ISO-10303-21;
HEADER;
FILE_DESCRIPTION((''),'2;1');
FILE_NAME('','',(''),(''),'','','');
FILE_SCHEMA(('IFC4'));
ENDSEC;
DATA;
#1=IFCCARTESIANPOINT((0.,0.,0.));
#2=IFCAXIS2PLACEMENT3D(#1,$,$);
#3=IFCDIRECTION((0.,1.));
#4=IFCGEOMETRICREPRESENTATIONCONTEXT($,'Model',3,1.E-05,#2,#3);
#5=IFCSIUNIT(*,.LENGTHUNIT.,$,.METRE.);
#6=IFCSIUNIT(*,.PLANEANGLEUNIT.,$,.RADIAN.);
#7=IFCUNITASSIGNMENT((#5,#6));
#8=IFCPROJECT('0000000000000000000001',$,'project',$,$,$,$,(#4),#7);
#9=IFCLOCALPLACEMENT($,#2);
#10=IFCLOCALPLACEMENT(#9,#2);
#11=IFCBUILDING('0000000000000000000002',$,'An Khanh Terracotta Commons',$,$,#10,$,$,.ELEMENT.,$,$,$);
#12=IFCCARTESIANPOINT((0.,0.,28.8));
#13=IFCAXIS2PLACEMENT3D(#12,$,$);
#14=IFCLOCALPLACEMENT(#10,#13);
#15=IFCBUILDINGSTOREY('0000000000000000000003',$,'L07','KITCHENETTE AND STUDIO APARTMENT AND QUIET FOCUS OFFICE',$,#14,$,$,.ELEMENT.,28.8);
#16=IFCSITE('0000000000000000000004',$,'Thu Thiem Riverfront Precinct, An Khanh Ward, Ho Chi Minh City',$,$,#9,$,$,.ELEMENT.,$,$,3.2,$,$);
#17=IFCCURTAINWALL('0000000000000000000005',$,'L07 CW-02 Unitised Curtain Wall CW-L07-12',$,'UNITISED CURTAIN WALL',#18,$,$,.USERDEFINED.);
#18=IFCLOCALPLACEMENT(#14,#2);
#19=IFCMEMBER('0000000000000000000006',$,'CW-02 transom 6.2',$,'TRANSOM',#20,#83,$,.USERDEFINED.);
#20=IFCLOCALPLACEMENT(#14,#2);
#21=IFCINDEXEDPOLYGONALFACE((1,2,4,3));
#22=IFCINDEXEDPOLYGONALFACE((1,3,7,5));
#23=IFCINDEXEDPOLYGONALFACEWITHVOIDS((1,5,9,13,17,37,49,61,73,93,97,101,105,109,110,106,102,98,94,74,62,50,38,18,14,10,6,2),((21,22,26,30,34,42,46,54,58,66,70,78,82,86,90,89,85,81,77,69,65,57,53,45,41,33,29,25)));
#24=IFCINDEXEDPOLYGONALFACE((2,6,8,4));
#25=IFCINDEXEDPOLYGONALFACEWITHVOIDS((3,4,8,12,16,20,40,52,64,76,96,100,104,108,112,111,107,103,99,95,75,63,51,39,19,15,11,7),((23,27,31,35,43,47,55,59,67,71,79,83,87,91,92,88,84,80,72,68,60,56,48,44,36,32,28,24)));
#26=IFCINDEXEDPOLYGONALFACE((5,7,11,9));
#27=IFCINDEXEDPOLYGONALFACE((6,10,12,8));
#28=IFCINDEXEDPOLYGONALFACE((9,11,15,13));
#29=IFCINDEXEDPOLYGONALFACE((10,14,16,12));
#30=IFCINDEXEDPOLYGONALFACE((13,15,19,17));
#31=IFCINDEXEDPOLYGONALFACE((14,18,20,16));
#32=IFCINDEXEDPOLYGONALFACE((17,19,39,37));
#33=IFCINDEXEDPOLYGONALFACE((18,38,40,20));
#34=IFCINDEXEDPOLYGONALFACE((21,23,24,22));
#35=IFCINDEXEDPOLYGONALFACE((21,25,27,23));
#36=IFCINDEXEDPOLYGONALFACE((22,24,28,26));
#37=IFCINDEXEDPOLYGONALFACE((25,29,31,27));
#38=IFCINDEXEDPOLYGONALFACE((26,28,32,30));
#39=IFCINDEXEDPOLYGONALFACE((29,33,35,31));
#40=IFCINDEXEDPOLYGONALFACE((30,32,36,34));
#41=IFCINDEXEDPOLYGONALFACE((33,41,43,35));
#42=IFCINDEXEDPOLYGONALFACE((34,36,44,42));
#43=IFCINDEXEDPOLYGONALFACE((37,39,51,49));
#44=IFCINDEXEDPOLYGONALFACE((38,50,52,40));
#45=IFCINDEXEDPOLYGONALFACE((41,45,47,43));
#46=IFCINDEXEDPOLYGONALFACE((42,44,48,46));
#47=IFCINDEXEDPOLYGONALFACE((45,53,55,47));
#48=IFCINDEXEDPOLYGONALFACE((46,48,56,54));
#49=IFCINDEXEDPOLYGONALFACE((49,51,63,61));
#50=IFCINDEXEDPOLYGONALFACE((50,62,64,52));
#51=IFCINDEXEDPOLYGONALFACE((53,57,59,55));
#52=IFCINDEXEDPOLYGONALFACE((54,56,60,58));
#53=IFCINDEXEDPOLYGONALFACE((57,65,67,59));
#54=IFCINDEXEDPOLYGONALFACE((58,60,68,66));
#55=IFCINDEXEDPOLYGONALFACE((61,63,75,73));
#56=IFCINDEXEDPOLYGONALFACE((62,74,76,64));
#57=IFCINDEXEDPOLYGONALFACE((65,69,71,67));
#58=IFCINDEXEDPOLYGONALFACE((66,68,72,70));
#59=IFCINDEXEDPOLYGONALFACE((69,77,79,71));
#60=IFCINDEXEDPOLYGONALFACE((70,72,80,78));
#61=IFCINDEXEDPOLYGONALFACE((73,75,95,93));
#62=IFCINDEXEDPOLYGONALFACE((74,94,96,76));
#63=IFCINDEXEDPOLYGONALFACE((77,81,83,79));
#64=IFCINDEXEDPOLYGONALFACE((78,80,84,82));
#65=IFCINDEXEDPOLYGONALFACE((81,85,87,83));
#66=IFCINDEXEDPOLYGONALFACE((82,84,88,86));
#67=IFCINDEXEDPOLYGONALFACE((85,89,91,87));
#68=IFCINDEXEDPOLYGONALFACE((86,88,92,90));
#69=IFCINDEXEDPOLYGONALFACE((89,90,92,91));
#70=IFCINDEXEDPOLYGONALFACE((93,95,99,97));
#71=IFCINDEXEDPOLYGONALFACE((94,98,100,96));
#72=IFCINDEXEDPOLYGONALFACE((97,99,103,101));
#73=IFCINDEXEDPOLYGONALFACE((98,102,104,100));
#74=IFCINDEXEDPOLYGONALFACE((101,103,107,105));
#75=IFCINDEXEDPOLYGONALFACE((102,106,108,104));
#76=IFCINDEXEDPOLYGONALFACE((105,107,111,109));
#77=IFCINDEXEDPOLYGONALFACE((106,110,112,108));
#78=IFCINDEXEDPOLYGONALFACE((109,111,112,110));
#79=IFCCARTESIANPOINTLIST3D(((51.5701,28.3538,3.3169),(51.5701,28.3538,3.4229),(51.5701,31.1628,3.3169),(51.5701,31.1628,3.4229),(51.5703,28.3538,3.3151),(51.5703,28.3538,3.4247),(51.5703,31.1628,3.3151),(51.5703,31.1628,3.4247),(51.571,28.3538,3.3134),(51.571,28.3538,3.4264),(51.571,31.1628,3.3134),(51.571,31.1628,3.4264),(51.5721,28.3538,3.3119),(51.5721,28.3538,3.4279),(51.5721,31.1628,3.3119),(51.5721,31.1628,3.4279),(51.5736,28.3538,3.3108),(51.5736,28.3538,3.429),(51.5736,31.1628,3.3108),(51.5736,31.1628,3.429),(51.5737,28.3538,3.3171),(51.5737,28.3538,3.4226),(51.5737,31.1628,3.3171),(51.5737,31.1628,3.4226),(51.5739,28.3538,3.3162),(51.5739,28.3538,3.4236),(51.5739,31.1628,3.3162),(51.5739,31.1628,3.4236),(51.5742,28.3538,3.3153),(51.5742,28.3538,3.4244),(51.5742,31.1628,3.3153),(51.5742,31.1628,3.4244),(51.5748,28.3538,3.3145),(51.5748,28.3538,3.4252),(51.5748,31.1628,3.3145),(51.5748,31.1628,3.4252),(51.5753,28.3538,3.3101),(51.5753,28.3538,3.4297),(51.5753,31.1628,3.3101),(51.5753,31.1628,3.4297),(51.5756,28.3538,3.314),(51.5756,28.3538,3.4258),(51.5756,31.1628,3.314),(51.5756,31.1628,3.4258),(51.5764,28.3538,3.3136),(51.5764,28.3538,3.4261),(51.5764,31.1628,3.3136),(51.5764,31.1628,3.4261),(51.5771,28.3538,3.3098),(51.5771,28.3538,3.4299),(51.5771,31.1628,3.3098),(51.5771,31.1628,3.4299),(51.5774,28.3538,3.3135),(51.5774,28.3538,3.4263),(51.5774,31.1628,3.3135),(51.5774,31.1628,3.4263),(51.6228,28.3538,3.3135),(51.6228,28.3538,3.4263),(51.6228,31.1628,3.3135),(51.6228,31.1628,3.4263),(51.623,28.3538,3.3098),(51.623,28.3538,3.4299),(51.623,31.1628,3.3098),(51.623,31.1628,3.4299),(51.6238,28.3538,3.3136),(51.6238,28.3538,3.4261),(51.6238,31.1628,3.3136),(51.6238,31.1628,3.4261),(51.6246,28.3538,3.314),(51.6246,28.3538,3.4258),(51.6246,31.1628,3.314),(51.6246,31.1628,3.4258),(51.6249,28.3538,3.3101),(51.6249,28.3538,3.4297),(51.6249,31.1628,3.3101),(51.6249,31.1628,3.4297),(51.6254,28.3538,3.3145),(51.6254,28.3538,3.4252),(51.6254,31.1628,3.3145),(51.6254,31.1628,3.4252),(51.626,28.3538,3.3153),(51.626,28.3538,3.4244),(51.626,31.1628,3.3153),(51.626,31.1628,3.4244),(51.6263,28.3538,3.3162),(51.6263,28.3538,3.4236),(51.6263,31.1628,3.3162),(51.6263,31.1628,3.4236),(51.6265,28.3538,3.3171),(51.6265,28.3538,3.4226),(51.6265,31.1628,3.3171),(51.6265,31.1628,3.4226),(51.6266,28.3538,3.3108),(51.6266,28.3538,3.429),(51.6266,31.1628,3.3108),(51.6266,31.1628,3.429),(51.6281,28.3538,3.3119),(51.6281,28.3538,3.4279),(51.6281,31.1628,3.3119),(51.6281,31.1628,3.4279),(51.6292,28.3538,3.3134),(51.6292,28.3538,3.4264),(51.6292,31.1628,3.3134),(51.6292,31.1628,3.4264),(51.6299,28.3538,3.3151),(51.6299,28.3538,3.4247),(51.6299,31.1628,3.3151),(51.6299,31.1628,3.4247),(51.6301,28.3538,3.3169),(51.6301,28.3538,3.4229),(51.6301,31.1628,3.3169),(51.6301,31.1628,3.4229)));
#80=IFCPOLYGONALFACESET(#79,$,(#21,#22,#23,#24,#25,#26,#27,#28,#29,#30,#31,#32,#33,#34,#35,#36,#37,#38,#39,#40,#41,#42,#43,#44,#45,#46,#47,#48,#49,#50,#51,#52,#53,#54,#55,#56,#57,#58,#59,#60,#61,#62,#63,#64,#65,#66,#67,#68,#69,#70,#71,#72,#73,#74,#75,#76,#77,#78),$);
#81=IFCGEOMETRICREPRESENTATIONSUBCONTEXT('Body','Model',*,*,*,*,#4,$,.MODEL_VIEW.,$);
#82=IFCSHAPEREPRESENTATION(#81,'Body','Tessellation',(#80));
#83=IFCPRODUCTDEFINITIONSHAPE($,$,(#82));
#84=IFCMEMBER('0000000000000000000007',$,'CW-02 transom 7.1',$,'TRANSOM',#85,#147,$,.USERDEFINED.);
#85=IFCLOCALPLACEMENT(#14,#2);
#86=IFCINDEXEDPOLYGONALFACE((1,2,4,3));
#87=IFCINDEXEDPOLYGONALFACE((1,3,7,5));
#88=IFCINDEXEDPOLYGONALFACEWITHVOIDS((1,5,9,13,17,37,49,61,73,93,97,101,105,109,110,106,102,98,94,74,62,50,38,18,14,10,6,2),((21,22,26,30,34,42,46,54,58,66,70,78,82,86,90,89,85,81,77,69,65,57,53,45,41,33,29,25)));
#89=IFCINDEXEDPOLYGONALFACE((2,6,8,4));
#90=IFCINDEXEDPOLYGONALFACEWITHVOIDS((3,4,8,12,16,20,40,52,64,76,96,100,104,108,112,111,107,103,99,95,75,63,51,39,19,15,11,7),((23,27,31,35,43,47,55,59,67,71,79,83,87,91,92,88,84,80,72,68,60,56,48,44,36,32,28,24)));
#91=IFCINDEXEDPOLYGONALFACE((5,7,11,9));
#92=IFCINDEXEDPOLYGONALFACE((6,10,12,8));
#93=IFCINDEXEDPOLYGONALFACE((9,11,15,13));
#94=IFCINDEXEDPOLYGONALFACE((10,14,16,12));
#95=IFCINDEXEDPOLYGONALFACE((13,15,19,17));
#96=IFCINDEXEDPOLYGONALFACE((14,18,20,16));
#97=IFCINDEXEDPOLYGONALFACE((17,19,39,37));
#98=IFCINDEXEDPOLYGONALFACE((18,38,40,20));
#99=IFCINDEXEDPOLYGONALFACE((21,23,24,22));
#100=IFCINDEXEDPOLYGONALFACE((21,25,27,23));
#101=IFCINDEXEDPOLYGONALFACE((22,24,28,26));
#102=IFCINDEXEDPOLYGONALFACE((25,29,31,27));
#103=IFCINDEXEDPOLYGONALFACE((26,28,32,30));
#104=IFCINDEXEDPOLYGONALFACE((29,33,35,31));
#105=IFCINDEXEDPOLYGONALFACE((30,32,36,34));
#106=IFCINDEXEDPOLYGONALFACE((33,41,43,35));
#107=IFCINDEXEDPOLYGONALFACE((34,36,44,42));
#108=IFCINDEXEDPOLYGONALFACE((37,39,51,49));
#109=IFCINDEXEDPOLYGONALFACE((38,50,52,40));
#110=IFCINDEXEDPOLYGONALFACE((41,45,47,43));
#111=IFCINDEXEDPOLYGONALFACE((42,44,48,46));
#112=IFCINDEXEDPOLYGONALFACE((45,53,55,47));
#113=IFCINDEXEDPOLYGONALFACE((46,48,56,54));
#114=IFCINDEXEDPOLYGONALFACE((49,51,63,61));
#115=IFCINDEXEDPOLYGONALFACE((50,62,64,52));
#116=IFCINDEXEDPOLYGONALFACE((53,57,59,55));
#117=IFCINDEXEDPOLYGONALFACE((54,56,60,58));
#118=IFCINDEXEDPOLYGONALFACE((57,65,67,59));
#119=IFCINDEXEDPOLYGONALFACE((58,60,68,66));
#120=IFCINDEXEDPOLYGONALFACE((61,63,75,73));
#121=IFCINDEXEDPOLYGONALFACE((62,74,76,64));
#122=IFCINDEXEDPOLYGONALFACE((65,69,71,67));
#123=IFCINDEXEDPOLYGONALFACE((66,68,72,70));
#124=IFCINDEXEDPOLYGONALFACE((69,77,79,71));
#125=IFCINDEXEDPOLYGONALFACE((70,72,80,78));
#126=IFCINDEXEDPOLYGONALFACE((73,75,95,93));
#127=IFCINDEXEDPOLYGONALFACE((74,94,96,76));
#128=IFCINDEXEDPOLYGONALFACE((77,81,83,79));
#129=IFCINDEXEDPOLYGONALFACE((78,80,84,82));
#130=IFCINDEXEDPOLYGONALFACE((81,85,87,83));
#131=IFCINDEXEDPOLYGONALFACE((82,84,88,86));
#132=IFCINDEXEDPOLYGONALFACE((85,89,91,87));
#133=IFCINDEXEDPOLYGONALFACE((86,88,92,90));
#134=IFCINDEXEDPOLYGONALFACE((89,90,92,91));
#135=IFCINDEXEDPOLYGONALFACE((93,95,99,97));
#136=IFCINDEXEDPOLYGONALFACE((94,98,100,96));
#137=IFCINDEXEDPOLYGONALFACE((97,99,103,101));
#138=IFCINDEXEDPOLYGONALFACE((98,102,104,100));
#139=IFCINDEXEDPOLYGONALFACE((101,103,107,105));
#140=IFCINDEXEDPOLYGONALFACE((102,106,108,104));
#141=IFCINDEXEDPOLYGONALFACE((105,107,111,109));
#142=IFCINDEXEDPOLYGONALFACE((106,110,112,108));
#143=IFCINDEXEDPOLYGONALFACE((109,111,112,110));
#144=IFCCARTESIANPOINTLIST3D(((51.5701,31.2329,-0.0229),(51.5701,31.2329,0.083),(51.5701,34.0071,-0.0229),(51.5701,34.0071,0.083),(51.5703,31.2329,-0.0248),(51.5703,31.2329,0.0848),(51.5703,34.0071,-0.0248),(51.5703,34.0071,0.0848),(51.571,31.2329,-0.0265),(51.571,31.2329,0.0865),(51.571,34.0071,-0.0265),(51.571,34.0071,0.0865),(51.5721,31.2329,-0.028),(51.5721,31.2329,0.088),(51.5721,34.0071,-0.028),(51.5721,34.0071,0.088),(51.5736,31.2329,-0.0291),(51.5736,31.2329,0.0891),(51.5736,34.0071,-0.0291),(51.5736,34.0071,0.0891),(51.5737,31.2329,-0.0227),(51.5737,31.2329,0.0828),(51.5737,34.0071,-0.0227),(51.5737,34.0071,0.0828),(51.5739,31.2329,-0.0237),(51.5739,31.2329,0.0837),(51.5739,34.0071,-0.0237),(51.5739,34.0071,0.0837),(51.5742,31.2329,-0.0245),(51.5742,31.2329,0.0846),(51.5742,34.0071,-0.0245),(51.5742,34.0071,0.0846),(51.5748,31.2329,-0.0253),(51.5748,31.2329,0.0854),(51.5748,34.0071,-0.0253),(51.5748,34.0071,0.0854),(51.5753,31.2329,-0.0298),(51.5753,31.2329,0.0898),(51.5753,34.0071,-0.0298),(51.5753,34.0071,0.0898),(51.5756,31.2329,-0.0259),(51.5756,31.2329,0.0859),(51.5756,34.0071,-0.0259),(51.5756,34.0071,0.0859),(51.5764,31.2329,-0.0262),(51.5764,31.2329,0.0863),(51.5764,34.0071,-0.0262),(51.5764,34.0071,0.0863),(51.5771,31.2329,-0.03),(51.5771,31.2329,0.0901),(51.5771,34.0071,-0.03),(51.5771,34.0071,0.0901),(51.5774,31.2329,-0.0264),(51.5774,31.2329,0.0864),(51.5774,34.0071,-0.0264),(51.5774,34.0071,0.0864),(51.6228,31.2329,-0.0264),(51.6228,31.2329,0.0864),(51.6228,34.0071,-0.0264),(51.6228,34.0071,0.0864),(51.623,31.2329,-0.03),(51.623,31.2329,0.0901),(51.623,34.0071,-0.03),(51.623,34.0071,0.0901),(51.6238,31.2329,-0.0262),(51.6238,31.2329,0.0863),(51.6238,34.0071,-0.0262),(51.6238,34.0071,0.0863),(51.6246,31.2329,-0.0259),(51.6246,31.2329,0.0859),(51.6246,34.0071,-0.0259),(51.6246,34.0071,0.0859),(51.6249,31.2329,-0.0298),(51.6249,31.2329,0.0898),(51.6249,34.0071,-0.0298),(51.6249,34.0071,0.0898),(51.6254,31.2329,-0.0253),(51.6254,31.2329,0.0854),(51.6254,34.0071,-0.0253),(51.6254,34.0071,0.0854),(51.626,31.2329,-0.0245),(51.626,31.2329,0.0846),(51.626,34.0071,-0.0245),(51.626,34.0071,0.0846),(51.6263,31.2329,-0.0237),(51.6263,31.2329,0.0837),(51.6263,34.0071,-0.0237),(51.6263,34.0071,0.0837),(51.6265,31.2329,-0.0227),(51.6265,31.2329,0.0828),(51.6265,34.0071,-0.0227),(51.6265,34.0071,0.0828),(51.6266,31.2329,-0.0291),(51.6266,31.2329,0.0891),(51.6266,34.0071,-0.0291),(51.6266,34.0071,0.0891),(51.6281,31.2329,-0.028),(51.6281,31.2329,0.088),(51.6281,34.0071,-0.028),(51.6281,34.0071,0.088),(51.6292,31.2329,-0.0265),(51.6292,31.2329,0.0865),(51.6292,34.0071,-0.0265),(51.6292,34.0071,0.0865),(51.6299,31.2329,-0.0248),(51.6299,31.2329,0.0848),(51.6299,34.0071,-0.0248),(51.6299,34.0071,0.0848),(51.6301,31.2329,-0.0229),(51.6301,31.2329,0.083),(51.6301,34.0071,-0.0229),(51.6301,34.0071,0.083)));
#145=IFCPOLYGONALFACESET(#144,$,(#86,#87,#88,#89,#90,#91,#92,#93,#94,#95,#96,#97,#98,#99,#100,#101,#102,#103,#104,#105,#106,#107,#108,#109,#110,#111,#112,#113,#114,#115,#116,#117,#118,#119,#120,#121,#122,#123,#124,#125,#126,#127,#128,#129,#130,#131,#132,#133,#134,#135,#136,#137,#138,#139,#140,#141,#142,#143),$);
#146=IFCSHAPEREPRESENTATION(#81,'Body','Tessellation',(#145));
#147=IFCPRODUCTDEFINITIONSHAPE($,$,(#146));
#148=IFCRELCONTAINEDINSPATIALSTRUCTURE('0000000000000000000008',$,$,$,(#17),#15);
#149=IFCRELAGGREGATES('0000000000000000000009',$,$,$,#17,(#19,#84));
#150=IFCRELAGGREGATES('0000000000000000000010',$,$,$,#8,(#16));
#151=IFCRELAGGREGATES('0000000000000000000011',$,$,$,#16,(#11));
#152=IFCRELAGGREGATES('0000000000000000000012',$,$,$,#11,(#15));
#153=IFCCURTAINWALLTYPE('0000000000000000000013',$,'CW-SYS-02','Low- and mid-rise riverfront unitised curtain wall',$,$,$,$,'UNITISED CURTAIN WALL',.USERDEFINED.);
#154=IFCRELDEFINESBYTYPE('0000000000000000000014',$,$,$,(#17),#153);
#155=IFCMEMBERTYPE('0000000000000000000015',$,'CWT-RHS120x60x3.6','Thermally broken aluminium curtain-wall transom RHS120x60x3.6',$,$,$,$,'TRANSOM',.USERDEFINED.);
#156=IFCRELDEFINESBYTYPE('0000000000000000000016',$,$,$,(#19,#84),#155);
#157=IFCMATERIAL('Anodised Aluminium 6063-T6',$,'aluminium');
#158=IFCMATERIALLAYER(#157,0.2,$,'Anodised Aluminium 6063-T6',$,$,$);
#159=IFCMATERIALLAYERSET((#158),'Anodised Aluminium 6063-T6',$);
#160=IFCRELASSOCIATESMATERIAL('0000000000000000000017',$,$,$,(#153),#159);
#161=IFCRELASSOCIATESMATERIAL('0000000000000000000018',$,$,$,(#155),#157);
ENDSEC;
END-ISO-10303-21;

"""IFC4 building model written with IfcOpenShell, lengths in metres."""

from ifc_helpers import new_model, si_unit, direction, frame, origin, origin_2d, place, context, subcontext, project, spatial, hollow_rectangle, extrude, material, layer, layer_set, material_profile, profile_set, type_object, element, aggregate, save


model = new_model("IFC4")

# Units and contexts
model_context = context("Model", 3, precision=1e-05, world=origin(), true_north=direction((0.0, 1.0)))
body_context = subcontext(model_context, "Body", "Model", "MODEL_VIEW")
ifc_project = project(units=[si_unit("LENGTHUNIT", "METRE"), si_unit("PLANEANGLEUNIT", "RADIAN")], contexts=[model_context])

# Site, building, storey
site_placement = place(None, origin())
site = spatial("IfcSite", under=ifc_project, at=site_placement, Name="Thu Thiem Riverfront Precinct, An Khanh Ward, Ho Chi Minh City", CompositionType="ELEMENT", RefElevation=3.2)
building_placement = place(site_placement, origin())
building = spatial("IfcBuilding", under=site, at=building_placement, Name="An Khanh Terracotta Commons", CompositionType="ELEMENT")
storey_placement = place(building_placement, frame((0.0, 0.0, 28.8)))
storey = spatial("IfcBuildingStorey", under=building, at=storey_placement, Name="L07", Description="KITCHENETTE AND STUDIO APARTMENT AND QUIET FOCUS OFFICE", CompositionType="ELEMENT", Elevation=28.8)

# Curtain wall, members
ifc_material_1 = material(Name="Anodised Aluminium 6063-T6", Category="aluminium")
ifc_layer_1 = layer(ifc_material_1, 0.2, Name="Anodised Aluminium 6063-T6")
ifc_layer_set_1 = layer_set([ifc_layer_1], Name="Anodised Aluminium 6063-T6")
curtain_wall_type = type_object("IfcCurtainWallType", Name="CW-SYS-02", Description="Low- and mid-rise riverfront unitised curtain wall", ElementType="UNITISED CURTAIN WALL", PredefinedType="USERDEFINED", material=ifc_layer_set_1)
curtain_wall_placement = place(storey_placement, origin())
curtain_wall = element("IfcCurtainWall", 1, at=curtain_wall_placement, inside=storey, type_object=curtain_wall_type, Name="L07 CW-02 Unitised Curtain Wall CW-L07-12", ObjectType="UNITISED CURTAIN WALL", PredefinedType="USERDEFINED")
ifc_material_profile_1 = material_profile(ifc_material_1, hollow_rectangle(XDim=0.0601, YDim=0.1201, WallThickness=0.0037, InnerFilletRadius=0.0037, OuterFilletRadius=0.0071, at=origin_2d()), Name="RHS120x60x3.6")
ifc_profile_set_1 = profile_set([ifc_material_profile_1], Name="Anodised Aluminium 6063-T6")
member_type_1 = type_object("IfcMemberType", Name="CWT-RHS120x60x3.6", Description="Thermally broken aluminium curtain-wall transom RHS120x60x3.6", ElementType="TRANSOM", PredefinedType="USERDEFINED", material=ifc_profile_set_1)
member_1_placement = place(storey_placement, frame((51.6001, 28.3538, 3.3699), z_axis=(0.0, 1.0, 0.0), x_axis=(-1.0, 0.0, 0.0)))
member_1 = element("IfcMember", 2, at=member_1_placement, type_object=member_type_1, Name="CW-02 transom 6.2", ObjectType="TRANSOM", PredefinedType="USERDEFINED", context=body_context, shape_type="SweptSolid", body=[
    extrude(hollow_rectangle(XDim=0.0601, YDim=0.1201, WallThickness=0.0037, InnerFilletRadius=0.0037, OuterFilletRadius=0.0071, at=origin_2d()), origin(), (0.0, 0.0, 1.0), 2.8091),
])
member_2_placement = place(storey_placement, frame((51.6001, 31.2329, 0.03), z_axis=(0.0, 1.0, 0.0), x_axis=(-1.0, 0.0, 0.0)))
member_2 = element("IfcMember", 3, at=member_2_placement, type_object=member_type_1, Name="CW-02 transom 7.1", ObjectType="TRANSOM", PredefinedType="USERDEFINED", context=body_context, shape_type="SweptSolid", body=[
    extrude(hollow_rectangle(XDim=0.0601, YDim=0.1201, WallThickness=0.0037, InnerFilletRadius=0.0037, OuterFilletRadius=0.0071, at=origin_2d()), origin(), (0.0, 0.0, 1.0), 2.7742),
])
aggregate(curtain_wall, [member_1, member_2])

save(model, "model.ifc")
